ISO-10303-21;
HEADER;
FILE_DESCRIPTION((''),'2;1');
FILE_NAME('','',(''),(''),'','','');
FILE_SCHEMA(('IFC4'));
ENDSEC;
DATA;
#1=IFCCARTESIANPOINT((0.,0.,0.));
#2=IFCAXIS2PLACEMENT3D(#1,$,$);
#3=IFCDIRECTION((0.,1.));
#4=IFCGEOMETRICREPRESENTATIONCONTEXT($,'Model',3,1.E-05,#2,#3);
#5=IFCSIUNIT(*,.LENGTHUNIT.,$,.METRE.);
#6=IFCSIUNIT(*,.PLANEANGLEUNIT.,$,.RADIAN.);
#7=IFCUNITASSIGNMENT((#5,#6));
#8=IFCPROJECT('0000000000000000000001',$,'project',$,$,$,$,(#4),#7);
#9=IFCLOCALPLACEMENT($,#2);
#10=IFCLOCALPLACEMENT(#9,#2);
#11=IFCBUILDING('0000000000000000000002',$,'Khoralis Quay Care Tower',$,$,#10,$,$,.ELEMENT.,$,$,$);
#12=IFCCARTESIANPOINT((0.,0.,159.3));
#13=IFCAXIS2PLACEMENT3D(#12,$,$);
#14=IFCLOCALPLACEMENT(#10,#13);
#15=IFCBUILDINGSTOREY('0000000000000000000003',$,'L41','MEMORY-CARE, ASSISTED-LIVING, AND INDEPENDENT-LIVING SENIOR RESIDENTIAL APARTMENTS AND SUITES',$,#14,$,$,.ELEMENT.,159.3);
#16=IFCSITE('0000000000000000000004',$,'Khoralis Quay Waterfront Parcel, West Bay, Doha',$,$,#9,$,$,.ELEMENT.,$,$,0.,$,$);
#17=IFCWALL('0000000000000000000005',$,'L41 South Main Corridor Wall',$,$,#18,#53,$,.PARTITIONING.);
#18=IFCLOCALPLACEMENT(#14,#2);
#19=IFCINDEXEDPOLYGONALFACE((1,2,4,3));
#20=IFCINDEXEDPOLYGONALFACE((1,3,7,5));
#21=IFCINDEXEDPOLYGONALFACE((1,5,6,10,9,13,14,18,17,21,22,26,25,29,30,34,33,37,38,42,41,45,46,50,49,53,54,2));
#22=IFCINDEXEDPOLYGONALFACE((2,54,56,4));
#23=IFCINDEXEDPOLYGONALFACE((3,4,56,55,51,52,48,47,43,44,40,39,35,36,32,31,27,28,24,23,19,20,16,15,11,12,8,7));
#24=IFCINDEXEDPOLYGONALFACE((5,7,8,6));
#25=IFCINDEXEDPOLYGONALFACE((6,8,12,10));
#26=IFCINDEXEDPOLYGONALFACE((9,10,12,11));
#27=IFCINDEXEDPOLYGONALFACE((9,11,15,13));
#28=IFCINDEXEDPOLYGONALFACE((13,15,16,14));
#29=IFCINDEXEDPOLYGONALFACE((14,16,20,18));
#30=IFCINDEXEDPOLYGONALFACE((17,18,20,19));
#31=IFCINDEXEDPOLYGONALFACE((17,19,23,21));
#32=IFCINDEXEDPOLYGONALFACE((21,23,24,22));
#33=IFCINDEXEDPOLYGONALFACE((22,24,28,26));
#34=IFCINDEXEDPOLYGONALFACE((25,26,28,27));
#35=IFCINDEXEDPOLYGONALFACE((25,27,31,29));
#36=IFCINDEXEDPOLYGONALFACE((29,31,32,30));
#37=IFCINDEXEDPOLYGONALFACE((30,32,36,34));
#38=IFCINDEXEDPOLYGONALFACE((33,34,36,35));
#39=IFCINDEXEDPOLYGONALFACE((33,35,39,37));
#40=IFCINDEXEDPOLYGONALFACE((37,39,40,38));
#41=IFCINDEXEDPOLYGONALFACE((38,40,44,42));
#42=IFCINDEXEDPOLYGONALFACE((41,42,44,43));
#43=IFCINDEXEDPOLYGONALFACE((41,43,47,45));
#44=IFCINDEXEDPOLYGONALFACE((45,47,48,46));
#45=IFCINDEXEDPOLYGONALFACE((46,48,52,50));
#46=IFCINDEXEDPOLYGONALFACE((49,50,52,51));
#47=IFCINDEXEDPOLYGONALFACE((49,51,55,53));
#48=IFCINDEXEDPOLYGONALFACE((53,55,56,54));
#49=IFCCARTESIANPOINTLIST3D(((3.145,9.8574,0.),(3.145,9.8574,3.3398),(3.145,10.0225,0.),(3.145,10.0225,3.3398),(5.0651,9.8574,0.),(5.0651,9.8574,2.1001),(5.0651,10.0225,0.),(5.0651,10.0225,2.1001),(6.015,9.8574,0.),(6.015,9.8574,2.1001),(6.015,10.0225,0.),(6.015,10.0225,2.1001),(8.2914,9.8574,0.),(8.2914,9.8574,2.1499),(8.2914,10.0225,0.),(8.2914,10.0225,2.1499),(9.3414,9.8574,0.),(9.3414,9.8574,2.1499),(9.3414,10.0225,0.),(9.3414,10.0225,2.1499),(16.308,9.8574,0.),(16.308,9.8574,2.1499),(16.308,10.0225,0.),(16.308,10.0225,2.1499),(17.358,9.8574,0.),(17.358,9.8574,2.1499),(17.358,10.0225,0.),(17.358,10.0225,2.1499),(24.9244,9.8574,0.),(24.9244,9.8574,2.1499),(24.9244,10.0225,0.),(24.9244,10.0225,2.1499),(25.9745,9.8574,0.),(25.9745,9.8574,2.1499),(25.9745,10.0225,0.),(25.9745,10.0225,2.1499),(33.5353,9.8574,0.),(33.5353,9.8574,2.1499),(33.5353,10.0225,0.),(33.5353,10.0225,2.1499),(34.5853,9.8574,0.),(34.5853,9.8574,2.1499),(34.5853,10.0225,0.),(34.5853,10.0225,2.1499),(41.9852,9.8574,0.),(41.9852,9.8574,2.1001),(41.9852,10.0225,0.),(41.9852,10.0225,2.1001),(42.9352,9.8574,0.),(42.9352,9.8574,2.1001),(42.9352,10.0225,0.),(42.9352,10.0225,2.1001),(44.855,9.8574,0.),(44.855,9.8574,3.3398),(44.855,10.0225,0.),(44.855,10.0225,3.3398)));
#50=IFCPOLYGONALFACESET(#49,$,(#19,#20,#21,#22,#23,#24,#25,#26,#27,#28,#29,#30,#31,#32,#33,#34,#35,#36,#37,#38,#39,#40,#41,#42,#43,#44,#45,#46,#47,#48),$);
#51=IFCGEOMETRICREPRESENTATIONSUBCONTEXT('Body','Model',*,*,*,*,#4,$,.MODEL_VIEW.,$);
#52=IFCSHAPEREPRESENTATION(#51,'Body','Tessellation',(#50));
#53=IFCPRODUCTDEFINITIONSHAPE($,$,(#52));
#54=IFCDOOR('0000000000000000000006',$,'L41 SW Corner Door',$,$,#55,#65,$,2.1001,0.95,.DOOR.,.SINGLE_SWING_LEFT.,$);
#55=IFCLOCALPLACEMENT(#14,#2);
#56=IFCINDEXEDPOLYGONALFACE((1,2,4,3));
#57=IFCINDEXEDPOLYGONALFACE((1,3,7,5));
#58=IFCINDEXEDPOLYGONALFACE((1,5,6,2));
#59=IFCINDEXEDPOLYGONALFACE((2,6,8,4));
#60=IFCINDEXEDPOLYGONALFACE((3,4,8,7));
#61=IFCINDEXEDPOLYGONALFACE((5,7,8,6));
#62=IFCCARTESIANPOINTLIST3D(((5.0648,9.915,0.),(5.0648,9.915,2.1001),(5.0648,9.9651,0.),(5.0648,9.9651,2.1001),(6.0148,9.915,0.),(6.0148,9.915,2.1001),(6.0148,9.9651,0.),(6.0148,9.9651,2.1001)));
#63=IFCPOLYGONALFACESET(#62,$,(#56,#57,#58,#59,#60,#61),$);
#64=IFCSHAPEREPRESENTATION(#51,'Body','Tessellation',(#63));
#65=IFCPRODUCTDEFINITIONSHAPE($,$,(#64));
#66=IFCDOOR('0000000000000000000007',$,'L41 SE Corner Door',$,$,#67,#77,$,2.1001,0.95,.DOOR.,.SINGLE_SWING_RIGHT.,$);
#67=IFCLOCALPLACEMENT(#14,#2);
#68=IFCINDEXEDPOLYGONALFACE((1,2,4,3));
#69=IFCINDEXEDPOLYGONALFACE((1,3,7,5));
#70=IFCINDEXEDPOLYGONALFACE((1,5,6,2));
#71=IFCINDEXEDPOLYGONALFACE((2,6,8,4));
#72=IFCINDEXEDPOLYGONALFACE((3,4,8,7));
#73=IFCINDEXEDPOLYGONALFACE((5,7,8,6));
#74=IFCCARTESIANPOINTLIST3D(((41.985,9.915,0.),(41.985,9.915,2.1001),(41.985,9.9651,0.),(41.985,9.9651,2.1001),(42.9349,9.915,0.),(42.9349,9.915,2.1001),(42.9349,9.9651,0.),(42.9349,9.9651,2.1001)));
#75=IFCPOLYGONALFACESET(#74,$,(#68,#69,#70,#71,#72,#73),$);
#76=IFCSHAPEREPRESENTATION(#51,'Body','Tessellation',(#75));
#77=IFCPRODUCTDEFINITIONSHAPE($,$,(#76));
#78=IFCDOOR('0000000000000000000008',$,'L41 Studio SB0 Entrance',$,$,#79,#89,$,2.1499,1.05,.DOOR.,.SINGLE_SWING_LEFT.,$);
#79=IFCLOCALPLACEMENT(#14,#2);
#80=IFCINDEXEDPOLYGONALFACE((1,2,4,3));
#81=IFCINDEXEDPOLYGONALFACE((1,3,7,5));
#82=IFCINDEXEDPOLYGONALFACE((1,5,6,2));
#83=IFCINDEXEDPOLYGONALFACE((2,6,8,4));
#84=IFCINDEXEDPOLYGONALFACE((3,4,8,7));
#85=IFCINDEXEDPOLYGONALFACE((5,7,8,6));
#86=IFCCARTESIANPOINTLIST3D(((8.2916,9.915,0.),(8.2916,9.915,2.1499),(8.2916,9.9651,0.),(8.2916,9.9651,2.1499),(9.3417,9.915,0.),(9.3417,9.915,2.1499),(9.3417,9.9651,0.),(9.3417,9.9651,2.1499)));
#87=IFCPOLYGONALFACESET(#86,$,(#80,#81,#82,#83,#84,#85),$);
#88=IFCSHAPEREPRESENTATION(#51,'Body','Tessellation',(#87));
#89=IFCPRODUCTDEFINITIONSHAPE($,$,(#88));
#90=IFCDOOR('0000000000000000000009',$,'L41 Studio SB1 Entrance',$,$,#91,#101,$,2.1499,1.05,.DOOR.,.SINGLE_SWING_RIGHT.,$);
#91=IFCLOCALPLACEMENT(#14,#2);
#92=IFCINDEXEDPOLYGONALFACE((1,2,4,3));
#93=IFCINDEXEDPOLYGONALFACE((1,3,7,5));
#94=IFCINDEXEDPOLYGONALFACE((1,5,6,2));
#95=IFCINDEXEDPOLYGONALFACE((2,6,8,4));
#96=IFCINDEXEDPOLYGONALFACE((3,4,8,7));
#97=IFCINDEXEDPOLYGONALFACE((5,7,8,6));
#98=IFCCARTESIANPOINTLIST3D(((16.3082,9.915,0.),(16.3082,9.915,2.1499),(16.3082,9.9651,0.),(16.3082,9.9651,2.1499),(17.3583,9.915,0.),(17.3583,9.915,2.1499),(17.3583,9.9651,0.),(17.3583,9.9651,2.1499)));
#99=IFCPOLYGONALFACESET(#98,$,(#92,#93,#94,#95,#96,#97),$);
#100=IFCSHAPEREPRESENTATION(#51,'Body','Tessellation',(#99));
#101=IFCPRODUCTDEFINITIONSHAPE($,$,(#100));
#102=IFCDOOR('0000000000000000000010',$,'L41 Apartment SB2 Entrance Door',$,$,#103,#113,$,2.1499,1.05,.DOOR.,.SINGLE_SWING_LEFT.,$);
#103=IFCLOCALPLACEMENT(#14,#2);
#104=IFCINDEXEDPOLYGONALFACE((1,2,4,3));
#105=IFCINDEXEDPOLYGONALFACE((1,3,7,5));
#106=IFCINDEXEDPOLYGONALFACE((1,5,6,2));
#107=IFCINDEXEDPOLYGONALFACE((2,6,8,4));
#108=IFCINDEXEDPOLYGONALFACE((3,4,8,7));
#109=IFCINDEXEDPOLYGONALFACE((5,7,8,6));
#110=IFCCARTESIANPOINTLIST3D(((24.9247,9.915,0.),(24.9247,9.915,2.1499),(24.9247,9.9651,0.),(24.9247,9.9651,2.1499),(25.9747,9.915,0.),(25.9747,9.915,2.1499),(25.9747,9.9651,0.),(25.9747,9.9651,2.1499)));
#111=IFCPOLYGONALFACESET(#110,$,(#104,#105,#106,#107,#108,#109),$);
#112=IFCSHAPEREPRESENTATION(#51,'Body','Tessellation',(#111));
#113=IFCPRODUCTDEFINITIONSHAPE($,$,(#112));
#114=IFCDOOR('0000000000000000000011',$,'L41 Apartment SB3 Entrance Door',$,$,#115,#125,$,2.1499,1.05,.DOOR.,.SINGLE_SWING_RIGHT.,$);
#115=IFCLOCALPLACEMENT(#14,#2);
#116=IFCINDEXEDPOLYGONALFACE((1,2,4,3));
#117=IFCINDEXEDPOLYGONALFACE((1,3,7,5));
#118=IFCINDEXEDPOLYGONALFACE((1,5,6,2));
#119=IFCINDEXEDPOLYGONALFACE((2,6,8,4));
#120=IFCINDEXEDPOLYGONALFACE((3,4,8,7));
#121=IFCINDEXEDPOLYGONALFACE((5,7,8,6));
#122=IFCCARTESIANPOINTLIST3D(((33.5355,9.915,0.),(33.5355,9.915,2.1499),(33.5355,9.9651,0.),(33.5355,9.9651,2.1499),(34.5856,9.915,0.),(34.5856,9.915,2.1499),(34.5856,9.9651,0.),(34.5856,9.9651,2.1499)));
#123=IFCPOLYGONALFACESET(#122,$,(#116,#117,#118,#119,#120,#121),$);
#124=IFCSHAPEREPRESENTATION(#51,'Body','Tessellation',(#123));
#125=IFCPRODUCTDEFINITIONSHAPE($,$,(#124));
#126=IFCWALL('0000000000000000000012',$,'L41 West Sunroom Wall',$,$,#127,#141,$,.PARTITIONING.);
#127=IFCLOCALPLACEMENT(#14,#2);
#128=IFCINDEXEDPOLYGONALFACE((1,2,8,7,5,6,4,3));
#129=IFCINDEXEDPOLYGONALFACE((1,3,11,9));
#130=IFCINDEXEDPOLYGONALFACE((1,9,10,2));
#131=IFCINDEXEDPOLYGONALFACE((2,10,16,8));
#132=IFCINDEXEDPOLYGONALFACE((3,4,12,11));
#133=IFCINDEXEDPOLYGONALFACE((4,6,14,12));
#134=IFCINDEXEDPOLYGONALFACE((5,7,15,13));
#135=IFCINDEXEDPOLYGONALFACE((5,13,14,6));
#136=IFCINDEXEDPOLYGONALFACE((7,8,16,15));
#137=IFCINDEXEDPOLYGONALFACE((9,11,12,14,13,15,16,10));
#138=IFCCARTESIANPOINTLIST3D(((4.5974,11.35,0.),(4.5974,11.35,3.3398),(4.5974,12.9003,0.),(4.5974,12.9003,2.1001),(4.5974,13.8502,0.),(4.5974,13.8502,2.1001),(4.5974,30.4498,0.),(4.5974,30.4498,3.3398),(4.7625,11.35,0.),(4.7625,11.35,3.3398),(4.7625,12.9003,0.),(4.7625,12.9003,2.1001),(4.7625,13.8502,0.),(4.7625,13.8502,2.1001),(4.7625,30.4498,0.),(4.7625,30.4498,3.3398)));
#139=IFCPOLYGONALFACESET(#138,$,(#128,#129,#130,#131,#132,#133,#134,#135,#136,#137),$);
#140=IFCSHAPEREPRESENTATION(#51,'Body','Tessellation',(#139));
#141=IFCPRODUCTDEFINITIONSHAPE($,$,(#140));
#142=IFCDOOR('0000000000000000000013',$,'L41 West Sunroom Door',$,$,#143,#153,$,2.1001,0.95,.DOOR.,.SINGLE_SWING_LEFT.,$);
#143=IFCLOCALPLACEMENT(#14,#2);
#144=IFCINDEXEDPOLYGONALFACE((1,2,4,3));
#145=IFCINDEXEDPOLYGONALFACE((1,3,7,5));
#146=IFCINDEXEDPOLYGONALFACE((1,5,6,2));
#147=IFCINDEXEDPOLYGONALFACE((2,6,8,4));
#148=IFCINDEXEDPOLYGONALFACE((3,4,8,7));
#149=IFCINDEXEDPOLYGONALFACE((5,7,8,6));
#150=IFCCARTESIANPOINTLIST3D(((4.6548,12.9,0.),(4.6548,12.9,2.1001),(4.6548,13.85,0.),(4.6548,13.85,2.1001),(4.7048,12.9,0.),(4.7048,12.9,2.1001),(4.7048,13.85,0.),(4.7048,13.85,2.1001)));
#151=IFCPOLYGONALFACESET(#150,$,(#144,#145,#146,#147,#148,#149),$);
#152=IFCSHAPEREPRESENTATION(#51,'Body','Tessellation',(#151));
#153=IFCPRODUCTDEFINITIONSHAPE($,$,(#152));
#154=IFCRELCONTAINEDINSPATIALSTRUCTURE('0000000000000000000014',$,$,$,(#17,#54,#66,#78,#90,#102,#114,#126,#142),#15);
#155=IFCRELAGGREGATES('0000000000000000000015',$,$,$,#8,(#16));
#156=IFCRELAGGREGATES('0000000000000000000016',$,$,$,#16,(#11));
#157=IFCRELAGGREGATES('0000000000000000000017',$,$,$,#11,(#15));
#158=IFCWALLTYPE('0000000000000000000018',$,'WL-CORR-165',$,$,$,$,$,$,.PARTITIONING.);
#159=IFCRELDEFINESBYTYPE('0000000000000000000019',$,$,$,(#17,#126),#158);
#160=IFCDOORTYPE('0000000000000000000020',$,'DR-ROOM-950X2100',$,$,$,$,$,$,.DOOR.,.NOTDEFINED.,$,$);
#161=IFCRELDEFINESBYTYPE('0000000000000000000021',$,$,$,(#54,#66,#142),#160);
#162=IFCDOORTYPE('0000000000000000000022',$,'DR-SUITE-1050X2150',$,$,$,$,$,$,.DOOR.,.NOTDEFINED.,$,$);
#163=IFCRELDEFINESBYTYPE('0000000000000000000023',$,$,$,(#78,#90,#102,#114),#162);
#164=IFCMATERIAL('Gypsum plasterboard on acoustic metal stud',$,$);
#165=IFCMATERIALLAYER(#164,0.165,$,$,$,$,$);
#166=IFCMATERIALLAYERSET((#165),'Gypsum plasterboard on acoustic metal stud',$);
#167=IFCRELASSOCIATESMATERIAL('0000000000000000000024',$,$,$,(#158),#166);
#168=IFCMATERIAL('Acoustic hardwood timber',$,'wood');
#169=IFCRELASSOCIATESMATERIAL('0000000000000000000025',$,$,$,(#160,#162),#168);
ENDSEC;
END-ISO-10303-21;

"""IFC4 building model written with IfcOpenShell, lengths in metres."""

from ifc_helpers import new_model, si_unit, direction, frame, frame_2d, origin, place, context, subcontext, project, spatial, rectangle, extrude, source, transform, mapped, material, layer, layer_set, type_object, element, fill, save


model = new_model("IFC4")

# Units and contexts
model_context = context("Model", 3, precision=1e-05, world=origin(), true_north=direction((0.0, 1.0)))
body_context = subcontext(model_context, "Body", "Model", "MODEL_VIEW")
ifc_project = project(units=[si_unit("LENGTHUNIT", "METRE"), si_unit("PLANEANGLEUNIT", "RADIAN")], contexts=[model_context])

# Site, building, storey
site_placement = place(None, origin())
site = spatial("IfcSite", under=ifc_project, at=site_placement, Name="Khoralis Quay Waterfront Parcel, West Bay, Doha", CompositionType="ELEMENT", RefElevation=0.0)
building_placement = place(site_placement, origin())
building = spatial("IfcBuilding", under=site, at=building_placement, Name="Khoralis Quay Care Tower", CompositionType="ELEMENT")
storey_placement = place(building_placement, frame((0.0, 0.0, 159.3)))
storey = spatial("IfcBuildingStorey", under=building, at=storey_placement, Name="L41", Description="MEMORY-CARE, ASSISTED-LIVING, AND INDEPENDENT-LIVING SENIOR RESIDENTIAL APARTMENTS AND SUITES", CompositionType="ELEMENT", Elevation=159.3)

# Shared definitions
ifc_material_1 = material(Name="Gypsum plasterboard on acoustic metal stud")

# Wall, openings, doors
ifc_layer_1 = layer(ifc_material_1, 0.165)
ifc_layer_set_1 = layer_set([ifc_layer_1], Name="Gypsum plasterboard on acoustic metal stud")
wall_type_1 = type_object("IfcWallType", Name="WL-CORR-165", PredefinedType="PARTITIONING", material=ifc_layer_set_1)
wall_1_placement = place(storey_placement, frame((3.145, 9.9399, 0.0), z_axis=(0.0, 0.0, 1.0), x_axis=(1.0, 0.0, 0.0)))
wall_1 = element("IfcWall", 1, at=wall_1_placement, inside=storey, type_object=wall_type_1, Name="L41 South Main Corridor Wall", PredefinedType="PARTITIONING", context=body_context, shape_type="SweptSolid", body=[
    extrude(rectangle(XDim=41.71, YDim=0.165, at=frame_2d((20.855, 0.0))), origin(), (0.0, 0.0, 1.0), 3.3398),
])
opening_1_placement = place(wall_1_placement, frame((5.1465, 0.0, 0.0)))
opening_1 = element("IfcOpeningElement", 2, at=opening_1_placement, cuts=wall_1, PredefinedType="OPENING", context=body_context, shape_type="SweptSolid", body=[
    extrude(rectangle(XDim=1.05, YDim=2.1499, at=frame_2d((0.5249, 1.075))), frame((0.0, 0.0925, 0.0), z_axis=(0.0, -1.0, 0.0), x_axis=(1.0, 0.0, 0.0)), (0.0, 0.0, 1.0), 0.1851),
])
opening_2_placement = place(wall_1_placement, frame((13.1631, 0.0, 0.0)))
opening_2 = element("IfcOpeningElement", 3, at=opening_2_placement, cuts=wall_1, PredefinedType="OPENING", context=body_context, shape_type="SweptSolid", body=[
    extrude(rectangle(XDim=1.05, YDim=2.1499, at=frame_2d((0.5249, 1.075))), frame((0.0, 0.0925, 0.0), z_axis=(0.0, -1.0, 0.0), x_axis=(1.0, 0.0, 0.0)), (0.0, 0.0, 1.0), 0.1851),
])
opening_3_placement = place(wall_1_placement, frame((21.7795, 0.0, 0.0)))
opening_3 = element("IfcOpeningElement", 4, at=opening_3_placement, cuts=wall_1, PredefinedType="OPENING", context=body_context, shape_type="SweptSolid", body=[
    extrude(rectangle(XDim=1.05, YDim=2.1499, at=frame_2d((0.5249, 1.075))), frame((0.0, 0.0925, 0.0), z_axis=(0.0, -1.0, 0.0), x_axis=(1.0, 0.0, 0.0)), (0.0, 0.0, 1.0), 0.1851),
])
opening_4_placement = place(wall_1_placement, frame((30.3904, 0.0, 0.0)))
opening_4 = element("IfcOpeningElement", 5, at=opening_4_placement, cuts=wall_1, PredefinedType="OPENING", context=body_context, shape_type="SweptSolid", body=[
    extrude(rectangle(XDim=1.05, YDim=2.1499, at=frame_2d((0.5249, 1.075))), frame((0.0, 0.0925, 0.0), z_axis=(0.0, -1.0, 0.0), x_axis=(1.0, 0.0, 0.0)), (0.0, 0.0, 1.0), 0.1851),
])
opening_5_placement = place(wall_1_placement, frame((1.9199, 0.0, 0.0)))
opening_5 = element("IfcOpeningElement", 6, at=opening_5_placement, cuts=wall_1, PredefinedType="OPENING", context=body_context, shape_type="SweptSolid", body=[
    extrude(rectangle(XDim=0.95, YDim=2.1001, at=frame_2d((0.4751, 1.05))), frame((0.0, 0.0925, 0.0), z_axis=(0.0, -1.0, 0.0), x_axis=(1.0, 0.0, 0.0)), (0.0, 0.0, 1.0), 0.1851),
])
opening_6_placement = place(wall_1_placement, frame((38.8401, 0.0, 0.0)))
opening_6 = element("IfcOpeningElement", 7, at=opening_6_placement, cuts=wall_1, PredefinedType="OPENING", context=body_context, shape_type="SweptSolid", body=[
    extrude(rectangle(XDim=0.95, YDim=2.1001, at=frame_2d((0.4751, 1.05))), frame((0.0, 0.0925, 0.0), z_axis=(0.0, -1.0, 0.0), x_axis=(1.0, 0.0, 0.0)), (0.0, 0.0, 1.0), 0.1851),
])
ifc_material_2 = material(Name="Acoustic hardwood timber", Category="wood")
door_type_1 = type_object("IfcDoorType", Name="DR-ROOM-950X2100", OperationType="NOTDEFINED", PredefinedType="DOOR", material=ifc_material_2)
shared_shape_1 = source(origin(), body_context, "Body", "SweptSolid", [
    extrude(rectangle(XDim=0.95, YDim=2.1001, at=frame_2d((0.4751, 1.05))), frame((0.0, 0.0249, 0.0), z_axis=(0.0, -1.0, 0.0), x_axis=(1.0, 0.0, 0.0)), (0.0, 0.0, 1.0), 0.05),
])
door_1_placement = place(opening_5_placement, frame((0.95, 0.0, 0.0), z_axis=(0.0, 0.0, 1.0), x_axis=(-1.0, 0.0, 0.0)))
door_1 = element("IfcDoor", 8, at=door_1_placement, inside=storey, type_object=door_type_1, Name="L41 SW Corner Door", OperationType="SINGLE_SWING_LEFT", OverallHeight=2.1001, OverallWidth=0.95, PredefinedType="DOOR", context=body_context, shape_type="MappedRepresentation", body=[
    mapped(shared_shape_1, transform((0.0, 0.0, 0.0), scale=1.0)),
])
fill(opening_5, door_1)
door_2_placement = place(opening_6_placement, frame((0.95, 0.0, 0.0), z_axis=(0.0, 0.0, 1.0), x_axis=(-1.0, 0.0, 0.0)))
door_2 = element("IfcDoor", 9, at=door_2_placement, inside=storey, type_object=door_type_1, Name="L41 SE Corner Door", OperationType="SINGLE_SWING_RIGHT", OverallHeight=2.1001, OverallWidth=0.95, PredefinedType="DOOR", context=body_context, shape_type="MappedRepresentation", body=[
    mapped(shared_shape_1, transform((0.0, 0.0, 0.0), scale=1.0)),
])
fill(opening_6, door_2)
door_type_2 = type_object("IfcDoorType", Name="DR-SUITE-1050X2150", OperationType="NOTDEFINED", PredefinedType="DOOR", material=ifc_material_2)
shared_shape_2 = source(origin(), body_context, "Body", "SweptSolid", [
    extrude(rectangle(XDim=1.05, YDim=2.1499, at=frame_2d((0.5249, 1.075))), frame((0.0, 0.0249, 0.0), z_axis=(0.0, -1.0, 0.0), x_axis=(1.0, 0.0, 0.0)), (0.0, 0.0, 1.0), 0.05),
])
door_3_placement = place(opening_1_placement, frame((1.05, 0.0, 0.0), z_axis=(0.0, 0.0, 1.0), x_axis=(-1.0, 0.0, 0.0)))
door_3 = element("IfcDoor", 10, at=door_3_placement, inside=storey, type_object=door_type_2, Name="L41 Studio SB0 Entrance", OperationType="SINGLE_SWING_LEFT", OverallHeight=2.1499, OverallWidth=1.05, PredefinedType="DOOR", context=body_context, shape_type="MappedRepresentation", body=[
    mapped(shared_shape_2, transform((0.0, 0.0, 0.0), scale=1.0)),
])
fill(opening_1, door_3)
door_4_placement = place(opening_2_placement, frame((1.05, 0.0, 0.0), z_axis=(0.0, 0.0, 1.0), x_axis=(-1.0, 0.0, 0.0)))
door_4 = element("IfcDoor", 11, at=door_4_placement, inside=storey, type_object=door_type_2, Name="L41 Studio SB1 Entrance", OperationType="SINGLE_SWING_RIGHT", OverallHeight=2.1499, OverallWidth=1.05, PredefinedType="DOOR", context=body_context, shape_type="MappedRepresentation", body=[
    mapped(shared_shape_2, transform((0.0, 0.0, 0.0), scale=1.0)),
])
fill(opening_2, door_4)
door_5_placement = place(opening_3_placement, frame((1.05, 0.0, 0.0), z_axis=(0.0, 0.0, 1.0), x_axis=(-1.0, 0.0, 0.0)))
door_5 = element("IfcDoor", 12, at=door_5_placement, inside=storey, type_object=door_type_2, Name="L41 Apartment SB2 Entrance Door", OperationType="SINGLE_SWING_LEFT", OverallHeight=2.1499, OverallWidth=1.05, PredefinedType="DOOR", context=body_context, shape_type="MappedRepresentation", body=[
    mapped(shared_shape_2, transform((0.0, 0.0, 0.0), scale=1.0)),
])
fill(opening_3, door_5)
door_6_placement = place(opening_4_placement, frame((1.05, 0.0, 0.0), z_axis=(0.0, 0.0, 1.0), x_axis=(-1.0, 0.0, 0.0)))
door_6 = element("IfcDoor", 13, at=door_6_placement, inside=storey, type_object=door_type_2, Name="L41 Apartment SB3 Entrance Door", OperationType="SINGLE_SWING_RIGHT", OverallHeight=2.1499, OverallWidth=1.05, PredefinedType="DOOR", context=body_context, shape_type="MappedRepresentation", body=[
    mapped(shared_shape_2, transform((0.0, 0.0, 0.0), scale=1.0)),
])
fill(opening_4, door_6)

# Wall, opening, door
wall_2_placement = place(storey_placement, frame((4.6799, 11.3501, 0.0), z_axis=(0.0, 0.0, 1.0), x_axis=(0.0, 1.0, 0.0)))
wall_2 = element("IfcWall", 14, at=wall_2_placement, inside=storey, type_object=wall_type_1, Name="L41 West Sunroom Wall", PredefinedType="PARTITIONING", context=body_context, shape_type="SweptSolid", body=[
    extrude(rectangle(XDim=19.0999, YDim=0.165, at=frame_2d((9.5498, 0.0))), origin(), (0.0, 0.0, 1.0), 3.3398),
])
opening_7_placement = place(wall_2_placement, frame((1.55, 0.0, 0.0)))
opening_7 = element("IfcOpeningElement", 15, at=opening_7_placement, cuts=wall_2, PredefinedType="OPENING", context=body_context, shape_type="SweptSolid", body=[
    extrude(rectangle(XDim=0.95, YDim=2.1001, at=frame_2d((0.4751, 1.05))), frame((0.0, 0.0925, 0.0), z_axis=(0.0, -1.0, 0.0), x_axis=(1.0, 0.0, 0.0)), (0.0, 0.0, 1.0), 0.1851),
])
door_7_placement = place(opening_7_placement, frame((0.95, 0.0, 0.0), z_axis=(0.0, 0.0, 1.0), x_axis=(-1.0, 0.0, 0.0)))
door_7 = element("IfcDoor", 16, at=door_7_placement, inside=storey, type_object=door_type_1, Name="L41 West Sunroom Door", OperationType="SINGLE_SWING_LEFT", OverallHeight=2.1001, OverallWidth=0.95, PredefinedType="DOOR", context=body_context, shape_type="MappedRepresentation", body=[
    mapped(shared_shape_1, transform((0.0, 0.0, 0.0), scale=1.0)),
])
fill(opening_7, door_7)

save(model, "model.ifc")
